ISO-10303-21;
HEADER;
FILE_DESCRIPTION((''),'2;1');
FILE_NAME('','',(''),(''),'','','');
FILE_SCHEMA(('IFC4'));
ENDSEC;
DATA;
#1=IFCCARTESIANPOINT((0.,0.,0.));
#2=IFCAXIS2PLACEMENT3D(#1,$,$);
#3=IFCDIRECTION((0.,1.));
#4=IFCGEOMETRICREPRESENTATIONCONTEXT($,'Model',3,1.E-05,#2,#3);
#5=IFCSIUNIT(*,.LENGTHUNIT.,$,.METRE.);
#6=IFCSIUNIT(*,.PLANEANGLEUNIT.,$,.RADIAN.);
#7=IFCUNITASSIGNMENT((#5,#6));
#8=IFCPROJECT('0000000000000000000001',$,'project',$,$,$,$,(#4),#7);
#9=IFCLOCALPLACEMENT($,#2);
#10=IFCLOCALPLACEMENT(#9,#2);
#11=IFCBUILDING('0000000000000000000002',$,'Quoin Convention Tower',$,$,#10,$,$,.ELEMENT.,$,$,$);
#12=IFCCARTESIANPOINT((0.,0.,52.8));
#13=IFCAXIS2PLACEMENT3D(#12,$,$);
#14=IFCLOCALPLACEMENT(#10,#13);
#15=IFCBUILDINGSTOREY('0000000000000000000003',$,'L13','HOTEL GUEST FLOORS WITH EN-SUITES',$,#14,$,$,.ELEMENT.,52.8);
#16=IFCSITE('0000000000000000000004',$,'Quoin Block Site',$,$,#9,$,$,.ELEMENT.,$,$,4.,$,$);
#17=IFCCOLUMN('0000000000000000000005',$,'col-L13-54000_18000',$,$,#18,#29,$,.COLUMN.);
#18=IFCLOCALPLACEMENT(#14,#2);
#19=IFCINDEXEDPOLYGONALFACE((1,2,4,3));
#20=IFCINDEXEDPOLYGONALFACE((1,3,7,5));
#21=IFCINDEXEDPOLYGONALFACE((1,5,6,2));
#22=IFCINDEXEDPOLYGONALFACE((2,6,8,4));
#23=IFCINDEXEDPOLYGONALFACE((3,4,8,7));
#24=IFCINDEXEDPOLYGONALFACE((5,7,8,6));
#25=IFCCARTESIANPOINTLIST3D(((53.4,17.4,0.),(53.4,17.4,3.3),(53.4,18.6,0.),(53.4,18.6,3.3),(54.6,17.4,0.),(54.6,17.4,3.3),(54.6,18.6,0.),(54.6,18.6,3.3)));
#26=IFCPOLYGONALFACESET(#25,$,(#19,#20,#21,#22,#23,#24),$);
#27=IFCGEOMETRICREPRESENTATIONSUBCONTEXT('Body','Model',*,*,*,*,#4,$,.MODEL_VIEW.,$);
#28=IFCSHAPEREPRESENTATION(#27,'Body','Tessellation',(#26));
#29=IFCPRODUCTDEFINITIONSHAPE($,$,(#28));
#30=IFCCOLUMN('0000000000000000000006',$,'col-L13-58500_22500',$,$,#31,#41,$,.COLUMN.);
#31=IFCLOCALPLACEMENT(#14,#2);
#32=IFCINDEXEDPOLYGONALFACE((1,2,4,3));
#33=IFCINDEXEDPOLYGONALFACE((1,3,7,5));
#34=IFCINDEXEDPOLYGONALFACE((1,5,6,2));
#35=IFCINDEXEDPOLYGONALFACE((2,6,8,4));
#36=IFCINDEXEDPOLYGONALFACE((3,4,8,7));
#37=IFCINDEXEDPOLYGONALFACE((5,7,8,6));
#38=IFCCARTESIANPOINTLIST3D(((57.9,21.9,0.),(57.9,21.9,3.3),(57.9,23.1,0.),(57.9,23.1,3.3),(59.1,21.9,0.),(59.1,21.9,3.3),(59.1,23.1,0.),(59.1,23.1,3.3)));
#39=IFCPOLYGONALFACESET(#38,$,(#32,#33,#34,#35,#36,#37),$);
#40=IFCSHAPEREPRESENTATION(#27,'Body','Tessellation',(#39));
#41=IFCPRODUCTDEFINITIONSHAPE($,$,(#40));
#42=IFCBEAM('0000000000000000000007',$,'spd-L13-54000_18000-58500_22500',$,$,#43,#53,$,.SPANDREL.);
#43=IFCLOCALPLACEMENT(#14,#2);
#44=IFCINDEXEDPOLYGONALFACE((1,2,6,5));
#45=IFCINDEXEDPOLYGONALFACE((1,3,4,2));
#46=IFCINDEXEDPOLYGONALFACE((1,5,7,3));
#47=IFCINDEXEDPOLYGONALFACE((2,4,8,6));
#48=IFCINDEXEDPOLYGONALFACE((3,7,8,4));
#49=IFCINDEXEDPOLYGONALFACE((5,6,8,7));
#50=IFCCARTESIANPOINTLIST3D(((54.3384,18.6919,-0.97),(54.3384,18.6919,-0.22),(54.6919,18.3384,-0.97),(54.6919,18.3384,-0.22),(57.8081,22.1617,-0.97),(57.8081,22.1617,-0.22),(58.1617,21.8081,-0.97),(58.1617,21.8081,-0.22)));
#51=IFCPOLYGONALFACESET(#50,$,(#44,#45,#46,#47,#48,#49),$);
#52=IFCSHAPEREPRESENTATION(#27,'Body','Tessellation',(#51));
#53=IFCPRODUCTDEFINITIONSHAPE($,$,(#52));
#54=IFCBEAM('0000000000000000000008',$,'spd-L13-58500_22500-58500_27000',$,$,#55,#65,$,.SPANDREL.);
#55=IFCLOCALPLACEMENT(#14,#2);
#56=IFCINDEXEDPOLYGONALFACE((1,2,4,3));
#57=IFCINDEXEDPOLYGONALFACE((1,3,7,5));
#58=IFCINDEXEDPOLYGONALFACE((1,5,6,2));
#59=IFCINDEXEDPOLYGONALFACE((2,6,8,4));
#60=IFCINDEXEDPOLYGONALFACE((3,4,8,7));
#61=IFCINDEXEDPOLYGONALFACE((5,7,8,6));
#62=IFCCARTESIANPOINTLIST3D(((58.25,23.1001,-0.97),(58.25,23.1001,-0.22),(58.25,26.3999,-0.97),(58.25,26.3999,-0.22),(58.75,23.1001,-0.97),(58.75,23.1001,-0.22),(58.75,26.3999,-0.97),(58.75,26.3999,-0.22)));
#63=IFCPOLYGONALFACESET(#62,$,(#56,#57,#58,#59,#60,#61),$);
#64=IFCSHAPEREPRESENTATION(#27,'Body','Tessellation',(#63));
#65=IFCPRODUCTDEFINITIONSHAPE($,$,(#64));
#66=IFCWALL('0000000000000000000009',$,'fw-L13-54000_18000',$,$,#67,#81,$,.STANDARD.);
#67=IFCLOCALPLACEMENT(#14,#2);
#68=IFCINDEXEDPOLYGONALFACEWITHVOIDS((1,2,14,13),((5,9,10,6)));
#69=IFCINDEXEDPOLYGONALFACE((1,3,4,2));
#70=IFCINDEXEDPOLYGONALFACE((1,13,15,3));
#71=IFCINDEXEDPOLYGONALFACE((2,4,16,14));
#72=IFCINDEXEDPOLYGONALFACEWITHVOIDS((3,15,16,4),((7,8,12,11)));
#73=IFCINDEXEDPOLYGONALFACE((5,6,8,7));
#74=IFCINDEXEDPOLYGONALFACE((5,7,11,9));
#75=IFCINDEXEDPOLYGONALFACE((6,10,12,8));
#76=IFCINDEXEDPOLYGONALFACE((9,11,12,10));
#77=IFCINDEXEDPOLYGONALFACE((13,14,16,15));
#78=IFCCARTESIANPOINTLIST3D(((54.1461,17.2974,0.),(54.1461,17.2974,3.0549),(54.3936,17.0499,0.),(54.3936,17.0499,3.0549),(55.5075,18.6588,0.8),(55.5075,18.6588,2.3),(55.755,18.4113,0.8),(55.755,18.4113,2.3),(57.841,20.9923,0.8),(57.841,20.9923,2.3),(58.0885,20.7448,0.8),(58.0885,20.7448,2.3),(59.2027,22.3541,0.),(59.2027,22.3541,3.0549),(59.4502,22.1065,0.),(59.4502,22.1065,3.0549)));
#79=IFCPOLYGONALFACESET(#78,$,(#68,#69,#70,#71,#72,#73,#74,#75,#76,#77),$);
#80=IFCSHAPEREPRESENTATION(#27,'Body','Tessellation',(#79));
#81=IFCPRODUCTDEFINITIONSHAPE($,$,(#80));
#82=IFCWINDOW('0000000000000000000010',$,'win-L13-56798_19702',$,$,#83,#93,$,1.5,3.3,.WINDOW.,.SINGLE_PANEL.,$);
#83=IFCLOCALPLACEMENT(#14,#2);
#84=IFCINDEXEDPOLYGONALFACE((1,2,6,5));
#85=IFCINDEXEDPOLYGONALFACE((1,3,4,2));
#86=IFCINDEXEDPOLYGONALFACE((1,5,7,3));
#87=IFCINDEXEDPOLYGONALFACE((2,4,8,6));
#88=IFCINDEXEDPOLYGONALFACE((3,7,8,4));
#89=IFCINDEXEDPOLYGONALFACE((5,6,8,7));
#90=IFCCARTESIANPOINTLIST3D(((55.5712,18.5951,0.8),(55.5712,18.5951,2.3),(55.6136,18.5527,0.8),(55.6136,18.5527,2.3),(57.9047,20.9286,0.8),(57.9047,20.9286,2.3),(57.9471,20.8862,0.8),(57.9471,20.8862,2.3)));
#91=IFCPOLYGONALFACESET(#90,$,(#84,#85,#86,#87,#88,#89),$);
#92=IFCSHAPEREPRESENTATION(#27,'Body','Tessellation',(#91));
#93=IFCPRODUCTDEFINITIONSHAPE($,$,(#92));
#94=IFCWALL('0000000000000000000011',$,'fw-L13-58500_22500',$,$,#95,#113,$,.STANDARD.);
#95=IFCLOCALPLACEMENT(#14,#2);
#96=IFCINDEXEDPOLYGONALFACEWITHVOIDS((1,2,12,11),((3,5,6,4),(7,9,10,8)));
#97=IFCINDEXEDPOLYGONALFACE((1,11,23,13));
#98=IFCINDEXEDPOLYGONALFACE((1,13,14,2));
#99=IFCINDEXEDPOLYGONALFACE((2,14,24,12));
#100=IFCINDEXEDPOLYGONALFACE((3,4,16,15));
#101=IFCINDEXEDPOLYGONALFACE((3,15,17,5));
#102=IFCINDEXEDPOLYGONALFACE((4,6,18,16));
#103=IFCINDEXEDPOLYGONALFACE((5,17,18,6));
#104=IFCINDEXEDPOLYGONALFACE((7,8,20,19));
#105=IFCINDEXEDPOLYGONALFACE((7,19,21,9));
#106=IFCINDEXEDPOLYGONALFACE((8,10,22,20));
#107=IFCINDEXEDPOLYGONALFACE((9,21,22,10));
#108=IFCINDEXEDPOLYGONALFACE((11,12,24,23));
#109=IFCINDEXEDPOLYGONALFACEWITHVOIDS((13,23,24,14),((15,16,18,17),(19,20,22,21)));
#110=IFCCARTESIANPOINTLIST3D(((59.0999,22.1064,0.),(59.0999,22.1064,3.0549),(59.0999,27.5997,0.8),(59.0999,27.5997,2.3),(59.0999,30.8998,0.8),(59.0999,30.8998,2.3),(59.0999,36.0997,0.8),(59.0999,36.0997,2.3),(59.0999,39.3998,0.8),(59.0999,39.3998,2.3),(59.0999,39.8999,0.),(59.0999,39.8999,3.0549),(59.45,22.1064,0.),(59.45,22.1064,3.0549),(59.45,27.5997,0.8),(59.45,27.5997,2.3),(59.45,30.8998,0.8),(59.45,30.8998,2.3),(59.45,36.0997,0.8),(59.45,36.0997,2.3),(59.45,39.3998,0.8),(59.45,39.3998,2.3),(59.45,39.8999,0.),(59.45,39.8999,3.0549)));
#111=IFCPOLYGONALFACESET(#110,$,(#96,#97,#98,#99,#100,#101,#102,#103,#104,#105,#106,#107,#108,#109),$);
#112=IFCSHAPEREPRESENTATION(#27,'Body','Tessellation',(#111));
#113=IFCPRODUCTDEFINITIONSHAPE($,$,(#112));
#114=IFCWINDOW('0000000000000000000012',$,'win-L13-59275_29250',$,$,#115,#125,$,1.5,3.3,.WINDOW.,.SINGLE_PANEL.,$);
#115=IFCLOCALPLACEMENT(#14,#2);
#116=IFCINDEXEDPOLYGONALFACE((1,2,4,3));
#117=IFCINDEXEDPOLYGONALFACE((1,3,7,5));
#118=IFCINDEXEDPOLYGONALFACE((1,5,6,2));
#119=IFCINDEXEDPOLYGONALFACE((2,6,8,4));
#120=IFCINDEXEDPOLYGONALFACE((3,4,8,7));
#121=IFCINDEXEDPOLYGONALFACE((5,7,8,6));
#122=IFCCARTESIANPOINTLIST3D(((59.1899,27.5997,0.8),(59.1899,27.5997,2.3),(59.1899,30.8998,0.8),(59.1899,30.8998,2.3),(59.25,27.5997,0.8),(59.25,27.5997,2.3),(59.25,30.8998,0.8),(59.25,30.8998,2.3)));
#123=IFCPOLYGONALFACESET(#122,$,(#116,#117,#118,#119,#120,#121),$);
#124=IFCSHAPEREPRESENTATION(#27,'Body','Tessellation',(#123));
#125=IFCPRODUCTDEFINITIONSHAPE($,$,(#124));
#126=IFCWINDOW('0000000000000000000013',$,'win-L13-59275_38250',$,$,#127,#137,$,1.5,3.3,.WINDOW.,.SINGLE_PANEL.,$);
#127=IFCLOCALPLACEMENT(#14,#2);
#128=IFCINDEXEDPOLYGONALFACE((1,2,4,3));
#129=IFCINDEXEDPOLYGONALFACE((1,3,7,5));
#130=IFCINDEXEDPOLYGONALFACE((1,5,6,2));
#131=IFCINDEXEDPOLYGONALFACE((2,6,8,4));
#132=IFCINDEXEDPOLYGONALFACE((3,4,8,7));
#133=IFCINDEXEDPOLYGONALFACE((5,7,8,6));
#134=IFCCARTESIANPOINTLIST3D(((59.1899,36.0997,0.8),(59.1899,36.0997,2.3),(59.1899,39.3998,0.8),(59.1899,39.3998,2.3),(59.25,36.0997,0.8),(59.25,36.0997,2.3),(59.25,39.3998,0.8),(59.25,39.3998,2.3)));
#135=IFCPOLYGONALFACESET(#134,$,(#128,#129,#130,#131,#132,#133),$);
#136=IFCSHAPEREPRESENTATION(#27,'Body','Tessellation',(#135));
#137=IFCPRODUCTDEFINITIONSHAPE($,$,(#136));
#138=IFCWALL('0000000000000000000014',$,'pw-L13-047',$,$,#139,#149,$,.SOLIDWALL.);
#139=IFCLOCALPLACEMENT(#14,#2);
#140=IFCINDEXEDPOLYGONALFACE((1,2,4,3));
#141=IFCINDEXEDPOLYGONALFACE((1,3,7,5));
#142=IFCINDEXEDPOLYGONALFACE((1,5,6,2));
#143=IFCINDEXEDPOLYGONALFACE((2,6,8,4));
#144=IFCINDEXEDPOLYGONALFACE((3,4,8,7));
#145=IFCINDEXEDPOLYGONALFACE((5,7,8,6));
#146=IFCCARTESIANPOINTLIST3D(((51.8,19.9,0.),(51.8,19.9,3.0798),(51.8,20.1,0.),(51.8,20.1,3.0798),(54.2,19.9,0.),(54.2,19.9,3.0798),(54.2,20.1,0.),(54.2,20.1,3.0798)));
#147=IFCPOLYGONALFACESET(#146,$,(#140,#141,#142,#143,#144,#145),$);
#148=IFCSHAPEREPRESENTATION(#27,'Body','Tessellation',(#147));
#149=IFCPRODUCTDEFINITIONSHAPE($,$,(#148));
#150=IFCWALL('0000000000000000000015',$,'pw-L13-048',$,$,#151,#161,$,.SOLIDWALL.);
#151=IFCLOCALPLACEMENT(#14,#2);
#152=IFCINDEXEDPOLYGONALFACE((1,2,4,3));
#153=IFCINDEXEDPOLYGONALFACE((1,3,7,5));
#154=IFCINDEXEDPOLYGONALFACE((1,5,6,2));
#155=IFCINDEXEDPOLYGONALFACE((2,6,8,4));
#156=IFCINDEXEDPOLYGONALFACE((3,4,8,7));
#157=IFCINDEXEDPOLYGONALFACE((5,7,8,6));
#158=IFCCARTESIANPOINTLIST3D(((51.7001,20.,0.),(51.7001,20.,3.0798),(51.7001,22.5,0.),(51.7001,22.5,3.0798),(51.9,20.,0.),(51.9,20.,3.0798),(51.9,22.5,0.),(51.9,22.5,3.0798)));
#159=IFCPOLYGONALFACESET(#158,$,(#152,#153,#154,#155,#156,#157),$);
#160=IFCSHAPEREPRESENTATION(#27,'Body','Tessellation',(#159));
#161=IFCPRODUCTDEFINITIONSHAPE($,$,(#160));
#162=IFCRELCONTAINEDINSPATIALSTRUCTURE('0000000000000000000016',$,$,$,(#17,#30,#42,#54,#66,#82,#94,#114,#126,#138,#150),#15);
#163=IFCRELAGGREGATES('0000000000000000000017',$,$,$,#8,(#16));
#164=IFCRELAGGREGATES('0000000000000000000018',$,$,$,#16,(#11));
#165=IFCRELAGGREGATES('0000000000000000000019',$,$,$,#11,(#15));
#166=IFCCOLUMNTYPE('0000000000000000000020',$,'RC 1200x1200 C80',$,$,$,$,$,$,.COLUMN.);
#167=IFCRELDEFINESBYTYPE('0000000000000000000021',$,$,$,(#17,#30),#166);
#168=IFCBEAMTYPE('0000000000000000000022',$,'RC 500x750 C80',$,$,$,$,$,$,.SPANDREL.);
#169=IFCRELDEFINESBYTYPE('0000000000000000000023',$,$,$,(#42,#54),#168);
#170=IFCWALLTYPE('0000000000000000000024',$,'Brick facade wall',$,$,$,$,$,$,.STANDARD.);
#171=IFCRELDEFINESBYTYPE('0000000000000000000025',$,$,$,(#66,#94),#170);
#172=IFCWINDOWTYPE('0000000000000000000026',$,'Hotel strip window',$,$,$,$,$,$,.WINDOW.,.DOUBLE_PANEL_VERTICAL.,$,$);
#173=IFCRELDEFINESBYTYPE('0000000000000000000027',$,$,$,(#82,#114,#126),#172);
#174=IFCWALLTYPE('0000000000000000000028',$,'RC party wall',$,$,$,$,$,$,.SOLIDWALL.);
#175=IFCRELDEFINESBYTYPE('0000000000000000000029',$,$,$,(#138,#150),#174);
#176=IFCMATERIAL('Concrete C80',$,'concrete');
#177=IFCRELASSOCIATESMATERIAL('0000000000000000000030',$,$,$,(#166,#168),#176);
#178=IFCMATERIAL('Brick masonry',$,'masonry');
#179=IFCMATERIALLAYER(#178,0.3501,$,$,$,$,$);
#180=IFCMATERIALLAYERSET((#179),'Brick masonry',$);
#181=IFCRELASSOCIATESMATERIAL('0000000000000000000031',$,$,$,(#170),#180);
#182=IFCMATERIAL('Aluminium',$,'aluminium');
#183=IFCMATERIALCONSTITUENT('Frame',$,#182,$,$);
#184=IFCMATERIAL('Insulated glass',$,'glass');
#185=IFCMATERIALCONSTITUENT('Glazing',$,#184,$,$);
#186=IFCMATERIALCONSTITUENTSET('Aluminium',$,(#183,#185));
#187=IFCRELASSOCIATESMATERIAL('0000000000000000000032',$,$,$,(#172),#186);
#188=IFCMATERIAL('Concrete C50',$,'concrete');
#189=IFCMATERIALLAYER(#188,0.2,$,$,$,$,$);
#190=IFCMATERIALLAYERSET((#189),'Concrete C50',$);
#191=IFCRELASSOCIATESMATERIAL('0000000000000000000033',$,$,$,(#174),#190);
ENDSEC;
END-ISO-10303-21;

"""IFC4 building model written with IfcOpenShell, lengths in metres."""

from ifc_helpers import new_model, si_unit, direction, frame, frame_2d, origin, origin_2d, place, context, subcontext, project, spatial, rectangle, extrude, material, layer, layer_set, constituent, constituent_set, material_profile, profile_set, type_object, element, fill, save


model = new_model("IFC4")

# Units and contexts
model_context = context("Model", 3, precision=1e-05, world=origin(), true_north=direction((0.0, 1.0)))
body_context = subcontext(model_context, "Body", "Model", "MODEL_VIEW")
ifc_project = project(units=[si_unit("LENGTHUNIT", "METRE"), si_unit("PLANEANGLEUNIT", "RADIAN")], contexts=[model_context])

# Site, building, storey
site_placement = place(None, origin())
site = spatial("IfcSite", under=ifc_project, at=site_placement, Name="Quoin Block Site", CompositionType="ELEMENT", RefElevation=4.0)
building_placement = place(site_placement, origin())
building = spatial("IfcBuilding", under=site, at=building_placement, Name="Quoin Convention Tower", CompositionType="ELEMENT")
storey_placement = place(building_placement, frame((0.0, 0.0, 52.8)))
storey = spatial("IfcBuildingStorey", under=building, at=storey_placement, Name="L13", Description="HOTEL GUEST FLOORS WITH EN-SUITES", CompositionType="ELEMENT", Elevation=52.8)

# Columns
ifc_material_1 = material(Name="Concrete C80", Category="concrete")
ifc_material_profile_1 = material_profile(ifc_material_1, rectangle(XDim=1.2, YDim=1.2, at=origin_2d()), Name="RC 1200x1200")
ifc_profile_set_1 = profile_set([ifc_material_profile_1], Name="Concrete C80")
column_type = type_object("IfcColumnType", Name="RC 1200x1200 C80", PredefinedType="COLUMN", material=ifc_profile_set_1)
for number, where, z_axis, x_axis, name in (
    (1, (54.0, 18.0, 0.0), (0.0, 0.0, 1.0), (1.0, 0.0, 0.0), "col-L13-54000_18000"),
    (2, (58.5, 22.5, 0.0), (0.0, 0.0, 1.0), (1.0, 0.0, 0.0), "col-L13-58500_22500"),
):
    element("IfcColumn", number, at=place(storey_placement, frame(where, z_axis=z_axis, x_axis=x_axis)), inside=storey, type_object=column_type, Name=name, PredefinedType="COLUMN", context=body_context, shape_type="SweptSolid", body=[
        extrude(rectangle(XDim=1.2, YDim=1.2, at=origin_2d()), origin(), (0.0, 0.0, 1.0), 3.3),
    ])

# Beams
ifc_material_profile_2 = material_profile(ifc_material_1, rectangle(XDim=0.5, YDim=0.75, at=origin_2d()), Name="RC 500x750")
ifc_profile_set_2 = profile_set([ifc_material_profile_2], Name="Concrete C80")
beam_type = type_object("IfcBeamType", Name="RC 500x750 C80", PredefinedType="SPANDREL", material=ifc_profile_set_2)
beam_1_placement = place(storey_placement, frame((54.5151, 18.5151, -0.595), z_axis=(0.707107, 0.707107, 0.0), x_axis=(-0.707107, 0.707107, 0.0)))
element("IfcBeam", 3, at=beam_1_placement, inside=storey, type_object=beam_type, Name="spd-L13-54000_18000-58500_22500", PredefinedType="SPANDREL", context=body_context, shape_type="SweptSolid", body=[
    extrude(rectangle(XDim=0.5, YDim=0.75, at=origin_2d()), origin(), (0.0, 0.0, 1.0), 4.907),
])
beam_2_placement = place(storey_placement, frame((58.5, 23.1001, -0.595), z_axis=(0.0, 1.0, 0.0), x_axis=(-1.0, 0.0, 0.0)))
element("IfcBeam", 4, at=beam_2_placement, inside=storey, type_object=beam_type, Name="spd-L13-58500_22500-58500_27000", PredefinedType="SPANDREL", context=body_context, shape_type="SweptSolid", body=[
    extrude(rectangle(XDim=0.5, YDim=0.75, at=origin_2d()), origin(), (0.0, 0.0, 1.0), 3.2998),
])

# Wall, opening, window
ifc_material_2 = material(Name="Brick masonry", Category="masonry")
ifc_layer_1 = layer(ifc_material_2, 0.3501)
ifc_layer_set_1 = layer_set([ifc_layer_1], Name="Brick masonry")
wall_type_1 = type_object("IfcWallType", Name="Brick facade wall", PredefinedType="STANDARD", material=ifc_layer_set_1)
wall_1_placement = place(storey_placement, frame((54.2698, 17.1736, 0.0), z_axis=(0.0, 0.0, 1.0), x_axis=(0.707107, 0.707107, 0.0)))
wall_1 = element("IfcWall", 5, at=wall_1_placement, inside=storey, type_object=wall_type_1, Name="fw-L13-54000_18000", PredefinedType="STANDARD", context=body_context, shape_type="SweptSolid", body=[
    extrude(rectangle(XDim=7.1511, YDim=0.3501, at=frame_2d((3.5757, 0.0))), origin(), (0.0, 0.0, 1.0), 3.0549),
])
opening_1_placement = place(wall_1_placement, frame((1.9255, 0.0, 0.8)))
opening_1 = element("IfcOpeningElement", 6, at=opening_1_placement, cuts=wall_1, PredefinedType="OPENING", context=body_context, shape_type="SweptSolid", body=[
    extrude(rectangle(XDim=3.3, YDim=1.5, at=frame_2d((1.6499, 0.75))), frame((0.0, 0.1851, 0.0), z_axis=(0.0, -1.0, 0.0), x_axis=(1.0, 0.0, 0.0)), (0.0, 0.0, 1.0), 0.3701),
])
ifc_material_3 = material(Name="Aluminium", Category="aluminium")
ifc_constituent_1 = constituent(ifc_material_3, Name="Frame")
ifc_material_4 = material(Name="Insulated glass", Category="glass")
ifc_constituent_2 = constituent(ifc_material_4, Name="Glazing")
ifc_constituent_set = constituent_set(constituents=[ifc_constituent_1, ifc_constituent_2], Name="Aluminium")
window_type = type_object("IfcWindowType", Name="Hotel strip window", PartitioningType="DOUBLE_PANEL_VERTICAL", PredefinedType="WINDOW", material=ifc_constituent_set)
window_1_placement = place(opening_1_placement, origin())
window_1 = element("IfcWindow", 7, at=window_1_placement, inside=storey, type_object=window_type, Name="win-L13-56798_19702", OverallHeight=1.5, OverallWidth=3.3, PartitioningType="SINGLE_PANEL", PredefinedType="WINDOW", context=body_context, shape_type="SweptSolid", body=[
    extrude(rectangle(XDim=3.3, YDim=1.5, at=frame_2d((1.6499, 0.75))), frame((0.0, 0.085, 0.0), z_axis=(0.0, -1.0, 0.0), x_axis=(1.0, 0.0, 0.0)), (0.0, 0.0, 1.0), 0.0601),
])
fill(opening_1, window_1)

# Wall, openings, windows
wall_2_placement = place(storey_placement, frame((59.2749, 22.1064, 0.0), z_axis=(0.0, 0.0, 1.0), x_axis=(0.0, 1.0, 0.0)))
wall_2 = element("IfcWall", 8, at=wall_2_placement, inside=storey, type_object=wall_type_1, Name="fw-L13-58500_22500", PredefinedType="STANDARD", context=body_context, shape_type="SweptSolid", body=[
    extrude(rectangle(XDim=17.7935, YDim=0.3501, at=frame_2d((8.8967, 0.0))), origin(), (0.0, 0.0, 1.0), 3.0549),
])
opening_2_placement = place(wall_2_placement, frame((5.4934, 0.0, 0.8)))
opening_2 = element("IfcOpeningElement", 9, at=opening_2_placement, cuts=wall_2, PredefinedType="OPENING", context=body_context, shape_type="SweptSolid", body=[
    extrude(rectangle(XDim=3.3, YDim=1.5, at=frame_2d((1.6499, 0.75))), frame((0.0, 0.1851, 0.0), z_axis=(0.0, -1.0, 0.0), x_axis=(1.0, 0.0, 0.0)), (0.0, 0.0, 1.0), 0.3701),
])
opening_3_placement = place(wall_2_placement, frame((13.9934, 0.0, 0.8)))
opening_3 = element("IfcOpeningElement", 10, at=opening_3_placement, cuts=wall_2, PredefinedType="OPENING", context=body_context, shape_type="SweptSolid", body=[
    extrude(rectangle(XDim=3.3, YDim=1.5, at=frame_2d((1.6499, 0.75))), frame((0.0, 0.1851, 0.0), z_axis=(0.0, -1.0, 0.0), x_axis=(1.0, 0.0, 0.0)), (0.0, 0.0, 1.0), 0.3701),
])
window_2_placement = place(opening_2_placement, origin())
window_2 = element("IfcWindow", 11, at=window_2_placement, inside=storey, type_object=window_type, Name="win-L13-59275_29250", OverallHeight=1.5, OverallWidth=3.3, PartitioningType="SINGLE_PANEL", PredefinedType="WINDOW", context=body_context, shape_type="SweptSolid", body=[
    extrude(rectangle(XDim=3.3, YDim=1.5, at=frame_2d((1.6499, 0.75))), frame((0.0, 0.085, 0.0), z_axis=(0.0, -1.0, 0.0), x_axis=(1.0, 0.0, 0.0)), (0.0, 0.0, 1.0), 0.0601),
])
fill(opening_2, window_2)
window_3_placement = place(opening_3_placement, origin())
window_3 = element("IfcWindow", 12, at=window_3_placement, inside=storey, type_object=window_type, Name="win-L13-59275_38250", OverallHeight=1.5, OverallWidth=3.3, PartitioningType="SINGLE_PANEL", PredefinedType="WINDOW", context=body_context, shape_type="SweptSolid", body=[
    extrude(rectangle(XDim=3.3, YDim=1.5, at=frame_2d((1.6499, 0.75))), frame((0.0, 0.085, 0.0), z_axis=(0.0, -1.0, 0.0), x_axis=(1.0, 0.0, 0.0)), (0.0, 0.0, 1.0), 0.0601),
])
fill(opening_3, window_3)

# Walls
ifc_material_5 = material(Name="Concrete C50", Category="concrete")
ifc_layer_2 = layer(ifc_material_5, 0.2)
ifc_layer_set_2 = layer_set([ifc_layer_2], Name="Concrete C50")
wall_type_2 = type_object("IfcWallType", Name="RC party wall", PredefinedType="SOLIDWALL", material=ifc_layer_set_2)
wall_3_placement = place(storey_placement, frame((51.8, 20.0, 0.0), z_axis=(0.0, 0.0, 1.0), x_axis=(1.0, 0.0, 0.0)))
element("IfcWall", 13, at=wall_3_placement, inside=storey, type_object=wall_type_2, Name="pw-L13-047", PredefinedType="SOLIDWALL", context=body_context, shape_type="SweptSolid", body=[
    extrude(rectangle(XDim=2.3999, YDim=0.2, at=frame_2d((1.2, 0.0))), origin(), (0.0, 0.0, 1.0), 3.0798),
])
wall_4_placement = place(storey_placement, frame((51.8, 20.0, 0.0), z_axis=(0.0, 0.0, 1.0), x_axis=(0.0, 1.0, 0.0)))
element("IfcWall", 14, at=wall_4_placement, inside=storey, type_object=wall_type_2, Name="pw-L13-048", PredefinedType="SOLIDWALL", context=body_context, shape_type="SweptSolid", body=[
    extrude(rectangle(XDim=2.5, YDim=0.2, at=frame_2d((1.25, 0.0))), origin(), (0.0, 0.0, 1.0), 3.0798),
])

save(model, "model.ifc")
